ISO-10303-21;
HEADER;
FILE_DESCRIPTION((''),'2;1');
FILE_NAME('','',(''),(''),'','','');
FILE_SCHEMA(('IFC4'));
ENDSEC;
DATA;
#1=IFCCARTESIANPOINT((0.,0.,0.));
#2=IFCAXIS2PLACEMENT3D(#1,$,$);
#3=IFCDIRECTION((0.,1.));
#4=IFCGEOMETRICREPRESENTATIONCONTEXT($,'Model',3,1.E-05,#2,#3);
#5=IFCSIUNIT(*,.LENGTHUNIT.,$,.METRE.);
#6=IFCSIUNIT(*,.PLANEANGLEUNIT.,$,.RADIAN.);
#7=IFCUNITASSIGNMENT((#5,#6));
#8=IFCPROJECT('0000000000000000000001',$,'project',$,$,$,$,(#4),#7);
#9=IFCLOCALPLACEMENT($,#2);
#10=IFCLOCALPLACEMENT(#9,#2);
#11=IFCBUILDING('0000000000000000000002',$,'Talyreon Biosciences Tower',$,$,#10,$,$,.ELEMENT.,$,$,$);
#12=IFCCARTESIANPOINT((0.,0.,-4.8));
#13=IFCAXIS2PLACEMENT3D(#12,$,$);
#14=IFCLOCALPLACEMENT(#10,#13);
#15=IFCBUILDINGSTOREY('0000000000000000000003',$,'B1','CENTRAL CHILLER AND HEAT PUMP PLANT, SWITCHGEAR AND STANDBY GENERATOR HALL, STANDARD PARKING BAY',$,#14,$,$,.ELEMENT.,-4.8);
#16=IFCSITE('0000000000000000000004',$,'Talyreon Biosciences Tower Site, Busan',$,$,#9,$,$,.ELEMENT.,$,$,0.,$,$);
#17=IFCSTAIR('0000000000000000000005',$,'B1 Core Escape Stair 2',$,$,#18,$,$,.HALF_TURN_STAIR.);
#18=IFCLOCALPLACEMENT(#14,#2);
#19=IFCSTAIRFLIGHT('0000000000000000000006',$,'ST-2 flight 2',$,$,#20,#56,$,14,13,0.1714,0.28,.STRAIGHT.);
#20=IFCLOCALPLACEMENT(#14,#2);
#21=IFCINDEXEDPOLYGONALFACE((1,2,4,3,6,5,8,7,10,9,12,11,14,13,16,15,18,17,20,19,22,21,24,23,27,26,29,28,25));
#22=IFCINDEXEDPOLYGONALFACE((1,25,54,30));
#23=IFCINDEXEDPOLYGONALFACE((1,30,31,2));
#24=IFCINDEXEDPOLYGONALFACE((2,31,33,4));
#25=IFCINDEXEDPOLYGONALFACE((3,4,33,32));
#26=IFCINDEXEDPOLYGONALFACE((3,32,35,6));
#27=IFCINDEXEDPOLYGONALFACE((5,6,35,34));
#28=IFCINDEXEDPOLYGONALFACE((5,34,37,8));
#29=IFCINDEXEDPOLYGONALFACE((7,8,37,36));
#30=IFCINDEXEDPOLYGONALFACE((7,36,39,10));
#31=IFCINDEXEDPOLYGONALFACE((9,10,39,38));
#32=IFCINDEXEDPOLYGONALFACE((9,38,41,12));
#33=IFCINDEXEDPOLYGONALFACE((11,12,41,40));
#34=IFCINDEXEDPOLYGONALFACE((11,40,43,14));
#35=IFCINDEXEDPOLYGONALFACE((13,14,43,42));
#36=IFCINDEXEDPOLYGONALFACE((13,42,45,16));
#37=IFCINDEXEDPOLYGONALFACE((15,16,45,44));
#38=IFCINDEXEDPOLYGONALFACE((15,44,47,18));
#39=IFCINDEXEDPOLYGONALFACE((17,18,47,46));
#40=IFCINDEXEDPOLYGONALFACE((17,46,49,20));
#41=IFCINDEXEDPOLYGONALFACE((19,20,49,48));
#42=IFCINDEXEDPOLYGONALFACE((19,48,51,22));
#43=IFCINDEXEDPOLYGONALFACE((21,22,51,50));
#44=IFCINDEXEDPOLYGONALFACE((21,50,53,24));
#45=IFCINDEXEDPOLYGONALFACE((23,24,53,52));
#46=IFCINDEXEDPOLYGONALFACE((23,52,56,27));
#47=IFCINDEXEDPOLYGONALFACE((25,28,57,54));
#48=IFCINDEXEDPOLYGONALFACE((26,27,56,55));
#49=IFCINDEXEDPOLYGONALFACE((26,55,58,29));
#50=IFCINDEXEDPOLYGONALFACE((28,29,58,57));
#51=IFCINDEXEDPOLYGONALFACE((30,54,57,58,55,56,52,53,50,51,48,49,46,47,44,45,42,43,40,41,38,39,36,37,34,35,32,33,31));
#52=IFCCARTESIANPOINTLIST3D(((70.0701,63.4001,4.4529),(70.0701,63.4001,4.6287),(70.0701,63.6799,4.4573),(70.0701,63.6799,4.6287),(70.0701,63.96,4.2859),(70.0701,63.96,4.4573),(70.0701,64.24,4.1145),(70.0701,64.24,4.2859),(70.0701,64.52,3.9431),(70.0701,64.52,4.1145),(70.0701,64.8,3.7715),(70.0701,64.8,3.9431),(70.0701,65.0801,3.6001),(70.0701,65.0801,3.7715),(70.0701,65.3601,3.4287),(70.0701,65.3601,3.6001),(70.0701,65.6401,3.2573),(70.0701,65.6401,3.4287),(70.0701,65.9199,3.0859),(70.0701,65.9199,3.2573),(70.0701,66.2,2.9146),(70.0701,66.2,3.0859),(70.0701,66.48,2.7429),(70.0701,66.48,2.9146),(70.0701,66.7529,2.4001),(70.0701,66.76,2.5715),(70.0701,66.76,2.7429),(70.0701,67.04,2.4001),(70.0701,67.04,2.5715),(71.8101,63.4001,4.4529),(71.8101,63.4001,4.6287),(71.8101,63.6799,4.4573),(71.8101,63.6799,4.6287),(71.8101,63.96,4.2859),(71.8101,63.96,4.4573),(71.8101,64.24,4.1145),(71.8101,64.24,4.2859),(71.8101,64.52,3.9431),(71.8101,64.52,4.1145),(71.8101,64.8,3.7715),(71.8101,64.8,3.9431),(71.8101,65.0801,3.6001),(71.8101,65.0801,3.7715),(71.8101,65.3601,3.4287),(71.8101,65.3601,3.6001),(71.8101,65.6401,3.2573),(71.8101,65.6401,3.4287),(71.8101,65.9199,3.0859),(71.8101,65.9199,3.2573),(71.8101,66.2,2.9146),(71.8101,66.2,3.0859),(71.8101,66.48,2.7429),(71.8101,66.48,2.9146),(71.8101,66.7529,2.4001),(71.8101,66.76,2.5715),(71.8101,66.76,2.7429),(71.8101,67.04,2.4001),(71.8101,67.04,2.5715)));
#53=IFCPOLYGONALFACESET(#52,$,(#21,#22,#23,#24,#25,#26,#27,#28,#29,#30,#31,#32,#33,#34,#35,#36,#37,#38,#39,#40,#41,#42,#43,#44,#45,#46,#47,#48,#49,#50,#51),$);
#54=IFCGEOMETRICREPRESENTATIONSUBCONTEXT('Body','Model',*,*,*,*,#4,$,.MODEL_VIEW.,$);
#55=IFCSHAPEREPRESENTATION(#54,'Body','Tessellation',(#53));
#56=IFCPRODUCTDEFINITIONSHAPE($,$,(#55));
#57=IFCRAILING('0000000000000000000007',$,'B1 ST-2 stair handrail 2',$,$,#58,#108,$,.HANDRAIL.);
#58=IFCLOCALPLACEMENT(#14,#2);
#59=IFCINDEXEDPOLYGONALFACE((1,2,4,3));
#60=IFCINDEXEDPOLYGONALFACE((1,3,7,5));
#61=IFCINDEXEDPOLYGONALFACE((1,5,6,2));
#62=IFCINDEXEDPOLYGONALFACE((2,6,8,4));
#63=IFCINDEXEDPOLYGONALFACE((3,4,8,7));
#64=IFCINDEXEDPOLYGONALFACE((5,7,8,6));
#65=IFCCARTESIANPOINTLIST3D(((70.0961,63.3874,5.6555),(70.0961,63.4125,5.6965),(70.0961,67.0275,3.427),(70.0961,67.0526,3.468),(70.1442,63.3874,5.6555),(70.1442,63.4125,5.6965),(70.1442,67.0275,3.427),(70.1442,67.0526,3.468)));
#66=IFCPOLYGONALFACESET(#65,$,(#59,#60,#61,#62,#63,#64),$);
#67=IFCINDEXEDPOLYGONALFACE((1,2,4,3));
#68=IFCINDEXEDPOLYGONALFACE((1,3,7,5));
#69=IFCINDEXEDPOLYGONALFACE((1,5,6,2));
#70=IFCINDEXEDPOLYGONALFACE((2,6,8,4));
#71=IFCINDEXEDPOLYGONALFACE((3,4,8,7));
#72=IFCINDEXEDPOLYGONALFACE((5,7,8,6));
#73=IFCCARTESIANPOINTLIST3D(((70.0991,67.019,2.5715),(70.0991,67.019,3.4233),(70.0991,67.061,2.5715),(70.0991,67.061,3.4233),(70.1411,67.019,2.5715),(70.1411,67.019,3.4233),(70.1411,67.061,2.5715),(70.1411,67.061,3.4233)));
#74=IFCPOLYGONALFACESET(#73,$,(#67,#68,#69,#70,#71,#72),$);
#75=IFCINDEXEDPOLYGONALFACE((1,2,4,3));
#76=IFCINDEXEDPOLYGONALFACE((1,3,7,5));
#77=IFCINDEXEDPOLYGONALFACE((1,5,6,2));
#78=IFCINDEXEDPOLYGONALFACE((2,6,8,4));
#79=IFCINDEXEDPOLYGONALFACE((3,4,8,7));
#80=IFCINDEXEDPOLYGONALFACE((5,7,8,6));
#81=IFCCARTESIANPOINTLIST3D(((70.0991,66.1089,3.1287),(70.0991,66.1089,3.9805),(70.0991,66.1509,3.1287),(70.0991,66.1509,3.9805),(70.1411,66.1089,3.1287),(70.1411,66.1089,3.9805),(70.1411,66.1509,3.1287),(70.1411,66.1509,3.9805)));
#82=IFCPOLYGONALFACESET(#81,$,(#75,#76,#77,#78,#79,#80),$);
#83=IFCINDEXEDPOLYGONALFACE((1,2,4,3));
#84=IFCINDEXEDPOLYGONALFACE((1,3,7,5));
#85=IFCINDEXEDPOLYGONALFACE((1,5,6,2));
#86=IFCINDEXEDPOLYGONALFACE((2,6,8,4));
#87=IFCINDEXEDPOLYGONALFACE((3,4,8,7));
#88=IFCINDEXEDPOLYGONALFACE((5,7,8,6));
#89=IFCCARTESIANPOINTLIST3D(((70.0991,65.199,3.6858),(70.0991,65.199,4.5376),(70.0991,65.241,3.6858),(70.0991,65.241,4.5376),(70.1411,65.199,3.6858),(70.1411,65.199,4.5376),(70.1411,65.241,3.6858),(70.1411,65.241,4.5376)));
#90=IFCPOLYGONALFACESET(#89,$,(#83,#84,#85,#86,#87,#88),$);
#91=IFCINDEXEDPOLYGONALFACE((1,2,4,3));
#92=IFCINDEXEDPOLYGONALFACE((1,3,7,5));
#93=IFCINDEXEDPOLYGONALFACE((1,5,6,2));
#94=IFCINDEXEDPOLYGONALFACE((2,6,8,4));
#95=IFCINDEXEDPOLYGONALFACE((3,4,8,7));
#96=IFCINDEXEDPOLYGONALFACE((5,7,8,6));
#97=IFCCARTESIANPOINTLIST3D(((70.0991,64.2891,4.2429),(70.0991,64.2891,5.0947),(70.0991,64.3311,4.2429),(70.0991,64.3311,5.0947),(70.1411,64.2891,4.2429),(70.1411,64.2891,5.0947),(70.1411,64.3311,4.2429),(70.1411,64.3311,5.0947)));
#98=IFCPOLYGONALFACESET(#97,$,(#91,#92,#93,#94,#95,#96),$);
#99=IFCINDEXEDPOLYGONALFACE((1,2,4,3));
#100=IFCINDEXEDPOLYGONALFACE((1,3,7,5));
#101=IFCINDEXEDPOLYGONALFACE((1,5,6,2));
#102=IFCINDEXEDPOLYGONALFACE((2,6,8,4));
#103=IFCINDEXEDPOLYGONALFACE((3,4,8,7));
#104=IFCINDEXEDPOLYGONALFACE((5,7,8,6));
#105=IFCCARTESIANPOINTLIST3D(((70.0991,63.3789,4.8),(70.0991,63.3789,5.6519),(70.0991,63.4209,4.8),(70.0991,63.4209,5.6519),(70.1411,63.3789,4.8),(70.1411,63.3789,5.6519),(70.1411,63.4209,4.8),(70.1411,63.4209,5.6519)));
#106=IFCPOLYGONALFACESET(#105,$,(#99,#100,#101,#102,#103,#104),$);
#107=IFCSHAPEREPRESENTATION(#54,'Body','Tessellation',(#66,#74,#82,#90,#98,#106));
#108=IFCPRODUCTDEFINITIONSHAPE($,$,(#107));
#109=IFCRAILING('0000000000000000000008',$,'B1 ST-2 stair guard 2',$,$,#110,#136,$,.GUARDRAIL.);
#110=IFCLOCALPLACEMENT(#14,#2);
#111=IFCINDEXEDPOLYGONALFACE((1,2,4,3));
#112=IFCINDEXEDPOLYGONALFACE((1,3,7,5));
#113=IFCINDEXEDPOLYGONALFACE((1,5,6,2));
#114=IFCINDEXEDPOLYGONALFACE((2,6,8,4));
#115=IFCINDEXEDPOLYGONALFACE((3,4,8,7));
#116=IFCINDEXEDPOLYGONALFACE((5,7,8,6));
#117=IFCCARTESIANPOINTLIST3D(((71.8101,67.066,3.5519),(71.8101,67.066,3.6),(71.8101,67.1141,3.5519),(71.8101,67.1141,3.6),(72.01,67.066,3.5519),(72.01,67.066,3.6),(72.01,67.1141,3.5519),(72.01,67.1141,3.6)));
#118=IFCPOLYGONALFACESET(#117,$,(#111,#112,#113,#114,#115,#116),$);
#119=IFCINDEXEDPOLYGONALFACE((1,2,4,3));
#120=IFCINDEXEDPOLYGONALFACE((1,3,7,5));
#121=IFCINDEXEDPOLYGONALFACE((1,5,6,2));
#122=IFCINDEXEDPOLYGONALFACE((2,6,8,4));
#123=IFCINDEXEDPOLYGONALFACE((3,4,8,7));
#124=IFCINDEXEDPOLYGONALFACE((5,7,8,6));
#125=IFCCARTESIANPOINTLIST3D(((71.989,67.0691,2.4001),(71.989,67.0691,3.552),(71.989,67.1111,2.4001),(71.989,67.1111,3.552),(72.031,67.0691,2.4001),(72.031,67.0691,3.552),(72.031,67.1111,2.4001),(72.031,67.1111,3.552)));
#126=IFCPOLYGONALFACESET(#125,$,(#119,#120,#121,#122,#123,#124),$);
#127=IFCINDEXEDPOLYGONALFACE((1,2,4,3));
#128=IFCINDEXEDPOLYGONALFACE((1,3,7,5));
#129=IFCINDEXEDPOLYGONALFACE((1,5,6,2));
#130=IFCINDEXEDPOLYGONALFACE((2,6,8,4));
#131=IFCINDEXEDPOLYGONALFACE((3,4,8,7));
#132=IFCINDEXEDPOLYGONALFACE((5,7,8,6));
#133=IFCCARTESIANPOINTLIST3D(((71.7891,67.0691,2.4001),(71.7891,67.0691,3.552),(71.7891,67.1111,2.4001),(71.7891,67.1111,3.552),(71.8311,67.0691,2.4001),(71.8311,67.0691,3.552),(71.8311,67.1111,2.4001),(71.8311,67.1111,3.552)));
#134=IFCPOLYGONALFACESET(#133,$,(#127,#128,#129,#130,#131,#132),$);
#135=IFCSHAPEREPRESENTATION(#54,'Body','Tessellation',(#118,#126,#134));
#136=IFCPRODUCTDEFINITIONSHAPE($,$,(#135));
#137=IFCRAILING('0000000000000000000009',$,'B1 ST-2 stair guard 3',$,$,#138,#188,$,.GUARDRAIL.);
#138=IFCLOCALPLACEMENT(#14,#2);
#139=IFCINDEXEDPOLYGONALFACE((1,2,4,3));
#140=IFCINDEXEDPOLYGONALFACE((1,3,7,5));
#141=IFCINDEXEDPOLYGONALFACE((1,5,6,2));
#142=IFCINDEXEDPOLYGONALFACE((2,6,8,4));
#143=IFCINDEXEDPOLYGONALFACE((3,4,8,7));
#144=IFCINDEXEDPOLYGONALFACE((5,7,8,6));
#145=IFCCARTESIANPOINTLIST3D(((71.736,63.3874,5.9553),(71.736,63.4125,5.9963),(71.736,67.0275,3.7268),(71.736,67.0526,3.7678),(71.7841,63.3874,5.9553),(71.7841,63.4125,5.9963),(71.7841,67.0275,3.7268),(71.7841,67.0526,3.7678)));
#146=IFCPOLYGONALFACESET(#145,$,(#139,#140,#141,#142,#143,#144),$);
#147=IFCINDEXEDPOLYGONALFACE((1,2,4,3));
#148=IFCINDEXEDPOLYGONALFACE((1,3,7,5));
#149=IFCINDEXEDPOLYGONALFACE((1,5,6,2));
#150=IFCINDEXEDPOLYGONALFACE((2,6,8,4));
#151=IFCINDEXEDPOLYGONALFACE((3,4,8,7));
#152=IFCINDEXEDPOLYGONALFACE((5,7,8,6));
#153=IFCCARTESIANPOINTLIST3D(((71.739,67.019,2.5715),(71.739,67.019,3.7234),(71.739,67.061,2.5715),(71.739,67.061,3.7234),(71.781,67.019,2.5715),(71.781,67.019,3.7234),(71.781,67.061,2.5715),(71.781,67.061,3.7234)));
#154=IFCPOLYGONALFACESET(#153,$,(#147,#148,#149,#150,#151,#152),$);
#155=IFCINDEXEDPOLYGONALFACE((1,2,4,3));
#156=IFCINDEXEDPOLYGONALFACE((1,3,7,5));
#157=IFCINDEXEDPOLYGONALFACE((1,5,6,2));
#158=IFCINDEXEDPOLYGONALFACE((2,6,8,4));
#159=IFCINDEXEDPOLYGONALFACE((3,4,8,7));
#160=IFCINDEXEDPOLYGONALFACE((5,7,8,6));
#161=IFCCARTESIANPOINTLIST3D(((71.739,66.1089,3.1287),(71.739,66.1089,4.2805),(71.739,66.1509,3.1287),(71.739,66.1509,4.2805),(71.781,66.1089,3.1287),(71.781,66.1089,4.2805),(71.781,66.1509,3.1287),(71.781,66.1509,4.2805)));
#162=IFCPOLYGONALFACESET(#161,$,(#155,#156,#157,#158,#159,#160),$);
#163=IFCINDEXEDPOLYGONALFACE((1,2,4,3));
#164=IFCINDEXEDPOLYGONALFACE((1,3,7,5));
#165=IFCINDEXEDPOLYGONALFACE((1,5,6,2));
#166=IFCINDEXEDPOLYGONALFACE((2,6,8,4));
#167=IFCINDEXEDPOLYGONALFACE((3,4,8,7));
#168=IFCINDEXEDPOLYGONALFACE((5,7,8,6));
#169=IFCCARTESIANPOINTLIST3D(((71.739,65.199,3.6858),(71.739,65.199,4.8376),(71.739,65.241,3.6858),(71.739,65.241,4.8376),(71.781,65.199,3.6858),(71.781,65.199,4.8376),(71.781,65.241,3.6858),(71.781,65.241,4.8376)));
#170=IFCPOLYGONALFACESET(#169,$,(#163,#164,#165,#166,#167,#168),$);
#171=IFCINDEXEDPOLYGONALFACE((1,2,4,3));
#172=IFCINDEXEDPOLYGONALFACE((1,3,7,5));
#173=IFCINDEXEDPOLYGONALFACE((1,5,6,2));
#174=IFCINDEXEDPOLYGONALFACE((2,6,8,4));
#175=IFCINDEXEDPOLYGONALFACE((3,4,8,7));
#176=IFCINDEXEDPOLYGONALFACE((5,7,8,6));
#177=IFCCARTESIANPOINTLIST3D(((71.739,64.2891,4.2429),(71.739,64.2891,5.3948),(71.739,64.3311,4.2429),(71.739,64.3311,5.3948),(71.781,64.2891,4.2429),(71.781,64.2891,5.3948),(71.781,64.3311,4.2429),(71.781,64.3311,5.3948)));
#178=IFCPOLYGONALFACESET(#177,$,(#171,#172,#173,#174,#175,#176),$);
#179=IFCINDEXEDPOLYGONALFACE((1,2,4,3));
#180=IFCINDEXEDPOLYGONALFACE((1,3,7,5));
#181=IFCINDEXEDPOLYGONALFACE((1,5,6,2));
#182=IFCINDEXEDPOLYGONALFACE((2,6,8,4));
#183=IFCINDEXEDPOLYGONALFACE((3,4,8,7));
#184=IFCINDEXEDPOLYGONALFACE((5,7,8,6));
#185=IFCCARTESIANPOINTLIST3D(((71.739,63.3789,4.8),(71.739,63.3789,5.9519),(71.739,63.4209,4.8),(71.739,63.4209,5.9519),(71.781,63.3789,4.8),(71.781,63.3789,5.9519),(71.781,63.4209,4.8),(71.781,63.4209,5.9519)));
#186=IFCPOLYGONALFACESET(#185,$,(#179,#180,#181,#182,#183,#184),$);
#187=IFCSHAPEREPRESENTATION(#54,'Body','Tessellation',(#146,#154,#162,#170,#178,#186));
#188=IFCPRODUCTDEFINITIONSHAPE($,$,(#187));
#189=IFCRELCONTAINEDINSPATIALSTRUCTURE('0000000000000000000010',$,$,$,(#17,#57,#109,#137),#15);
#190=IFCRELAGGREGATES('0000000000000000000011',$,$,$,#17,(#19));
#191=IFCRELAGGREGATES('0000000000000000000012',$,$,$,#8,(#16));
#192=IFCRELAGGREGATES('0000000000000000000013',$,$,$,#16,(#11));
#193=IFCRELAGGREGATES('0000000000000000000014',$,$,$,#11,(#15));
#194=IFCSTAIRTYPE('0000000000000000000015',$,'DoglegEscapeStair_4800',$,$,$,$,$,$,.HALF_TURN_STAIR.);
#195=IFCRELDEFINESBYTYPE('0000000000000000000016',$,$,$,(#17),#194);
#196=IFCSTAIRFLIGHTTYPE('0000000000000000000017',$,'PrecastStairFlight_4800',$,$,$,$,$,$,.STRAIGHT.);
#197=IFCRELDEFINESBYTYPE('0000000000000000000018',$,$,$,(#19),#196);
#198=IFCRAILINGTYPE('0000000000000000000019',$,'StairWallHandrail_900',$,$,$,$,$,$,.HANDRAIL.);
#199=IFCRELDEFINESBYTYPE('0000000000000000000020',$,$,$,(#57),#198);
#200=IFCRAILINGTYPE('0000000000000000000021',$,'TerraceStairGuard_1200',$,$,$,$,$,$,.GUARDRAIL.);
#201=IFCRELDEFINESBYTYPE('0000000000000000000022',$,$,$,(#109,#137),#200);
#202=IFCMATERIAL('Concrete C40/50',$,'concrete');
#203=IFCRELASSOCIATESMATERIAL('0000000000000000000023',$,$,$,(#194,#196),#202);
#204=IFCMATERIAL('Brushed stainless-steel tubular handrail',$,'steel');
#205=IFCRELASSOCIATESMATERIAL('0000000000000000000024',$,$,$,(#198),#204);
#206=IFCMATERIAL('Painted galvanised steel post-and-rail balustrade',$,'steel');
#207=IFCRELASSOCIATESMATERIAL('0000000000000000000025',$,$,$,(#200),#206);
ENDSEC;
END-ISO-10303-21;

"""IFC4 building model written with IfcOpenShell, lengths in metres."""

from ifc_helpers import new_model, si_unit, direction, frame, origin, origin_2d, place, context, subcontext, project, spatial, polyline, rectangle, outline, extrude, material, type_object, element, aggregate, save


model = new_model("IFC4")

# Units and contexts
model_context = context("Model", 3, precision=1e-05, world=origin(), true_north=direction((0.0, 1.0)))
body_context = subcontext(model_context, "Body", "Model", "MODEL_VIEW")
ifc_project = project(units=[si_unit("LENGTHUNIT", "METRE"), si_unit("PLANEANGLEUNIT", "RADIAN")], contexts=[model_context])

# Site, building, storey
site_placement = place(None, origin())
site = spatial("IfcSite", under=ifc_project, at=site_placement, Name="Talyreon Biosciences Tower Site, Busan", CompositionType="ELEMENT", RefElevation=0.0)
building_placement = place(site_placement, origin())
building = spatial("IfcBuilding", under=site, at=building_placement, Name="Talyreon Biosciences Tower", CompositionType="ELEMENT")
storey_placement = place(building_placement, frame((0.0, 0.0, -4.8)))
storey = spatial("IfcBuildingStorey", under=building, at=storey_placement, Name="B1", Description="CENTRAL CHILLER AND HEAT PUMP PLANT, SWITCHGEAR AND STANDBY GENERATOR HALL, STANDARD PARKING BAY", CompositionType="ELEMENT", Elevation=-4.8)

# Stair, stair flight
ifc_material_1 = material(Name="Concrete C40/50", Category="concrete")
stair_type = type_object("IfcStairType", Name="DoglegEscapeStair_4800", PredefinedType="HALF_TURN_STAIR", material=ifc_material_1)
stair_placement = place(storey_placement, origin())
stair = element("IfcStair", 1, at=stair_placement, inside=storey, type_object=stair_type, Name="B1 Core Escape Stair 2", PredefinedType="HALF_TURN_STAIR")
stair_flight_type = type_object("IfcStairFlightType", Name="PrecastStairFlight_4800", PredefinedType="STRAIGHT", material=ifc_material_1)
stair_flight_placement = place(storey_placement, frame((70.9399, 67.04, 2.4001), z_axis=(0.0, 0.0, 1.0), x_axis=(0.0, -1.0, 0.0)))
stair_flight = element("IfcStairFlight", 2, at=stair_flight_placement, type_object=stair_flight_type, Name="ST-2 flight 2", NumberOfRisers=14, NumberOfTreads=13, PredefinedType="STRAIGHT", RiserHeight=0.1714, TreadLength=0.28, context=body_context, shape_type="SweptSolid", body=[
    extrude(outline(polyline([(0.0, 0.0), (0.0, 0.1714), (0.28, 0.1714), (0.28, 0.3428), (0.5601, 0.3428), (0.5601, 0.5144), (0.8401, 0.5144), (0.8401, 0.6858), (1.1201, 0.6858), (1.1201, 0.8572), (1.3999, 0.8572), (1.3999, 1.0286), (1.6799, 1.0286), (1.6799, 1.2), (1.96, 1.2), (1.96, 1.3713), (2.24, 1.3713), (2.24, 1.543), (2.52, 1.543), (2.52, 1.7144), (2.8, 1.7144), (2.8, 1.8857), (3.0801, 1.8857), (3.0801, 2.0571), (3.3601, 2.0571), (3.3601, 2.2285), (3.6399, 2.2285), (3.6399, 2.3999), (3.6399, 2.0527), (0.2871, 0.0), (0.0, 0.0)])), frame((0.0, 0.8701, 0.0), z_axis=(0.0, -1.0, 0.0), x_axis=(1.0, 0.0, 0.0)), (0.0, 0.0, 1.0), 1.74),
])
aggregate(stair, [stair_flight])

# Railings
ifc_material_2 = material(Name="Brushed stainless-steel tubular handrail", Category="steel")
railing_type_1 = type_object("IfcRailingType", Name="StairWallHandrail_900", PredefinedType="HANDRAIL", material=ifc_material_2)
railing_1_placement = place(storey_placement, frame((70.1201, 67.04, 2.5715)))
element("IfcRailing", 3, at=railing_1_placement, inside=storey, type_object=railing_type_1, Name="B1 ST-2 stair handrail 2", PredefinedType="HANDRAIL", context=body_context, shape_type="SweptSolid", body=[
    extrude(rectangle(XDim=0.0481, YDim=0.0481, at=origin_2d()), frame((0.0, 0.0, 0.876), z_axis=(0.0, -0.852866, 0.52213), x_axis=(1.0, 0.0, 0.0)), (0.0, 0.0, 1.0), 4.2681),
    extrude(rectangle(XDim=0.042, YDim=0.042, at=origin_2d()), origin(), (0.0, 0.0, 1.0), 0.8518),
    extrude(rectangle(XDim=0.042, YDim=0.042, at=origin_2d()), frame((0.0, -0.9102, 0.5571)), (0.0, 0.0, 1.0), 0.8518),
    extrude(rectangle(XDim=0.042, YDim=0.042, at=origin_2d()), frame((0.0, -1.8201, 1.1143)), (0.0, 0.0, 1.0), 0.8518),
    extrude(rectangle(XDim=0.042, YDim=0.042, at=origin_2d()), frame((0.0, -2.73, 1.6714)), (0.0, 0.0, 1.0), 0.8518),
    extrude(rectangle(XDim=0.042, YDim=0.042, at=origin_2d()), frame((0.0, -3.6401, 2.2285)), (0.0, 0.0, 1.0), 0.8518),
])
ifc_material_3 = material(Name="Painted galvanised steel post-and-rail balustrade", Category="steel")
railing_type_2 = type_object("IfcRailingType", Name="TerraceStairGuard_1200", PredefinedType="GUARDRAIL", material=ifc_material_3)
railing_2_placement = place(storey_placement, frame((72.01, 67.0901, 2.4001)))
element("IfcRailing", 4, at=railing_2_placement, inside=storey, type_object=railing_type_2, Name="B1 ST-2 stair guard 2", PredefinedType="GUARDRAIL", context=body_context, shape_type="SweptSolid", body=[
    extrude(rectangle(XDim=0.0481, YDim=0.0481, at=origin_2d()), frame((0.0, 0.0, 1.1758), z_axis=(-1.0, 0.0, 0.0), x_axis=(0.0, -1.0, 0.0)), (0.0, 0.0, 1.0), 0.2),
    extrude(rectangle(XDim=0.042, YDim=0.042, at=origin_2d()), origin(), (0.0, 0.0, 1.0), 1.1519),
    extrude(rectangle(XDim=0.042, YDim=0.042, at=origin_2d()), frame((-0.2, 0.0, 0.0)), (0.0, 0.0, 1.0), 1.1519),
])
railing_3_placement = place(storey_placement, frame((71.76, 67.04, 2.5715)))
element("IfcRailing", 5, at=railing_3_placement, inside=storey, type_object=railing_type_2, Name="B1 ST-2 stair guard 3", PredefinedType="GUARDRAIL", context=body_context, shape_type="SweptSolid", body=[
    extrude(rectangle(XDim=0.0481, YDim=0.0481, at=origin_2d()), frame((0.0, 0.0, 1.1758), z_axis=(0.0, -0.852866, 0.52213), x_axis=(1.0, 0.0, 0.0)), (0.0, 0.0, 1.0), 4.2681),
    extrude(rectangle(XDim=0.042, YDim=0.042, at=origin_2d()), origin(), (0.0, 0.0, 1.0), 1.1519),
    extrude(rectangle(XDim=0.042, YDim=0.042, at=origin_2d()), frame((0.0, -0.9102, 0.5571)), (0.0, 0.0, 1.0), 1.1519),
    extrude(rectangle(XDim=0.042, YDim=0.042, at=origin_2d()), frame((0.0, -1.8201, 1.1143)), (0.0, 0.0, 1.0), 1.1519),
    extrude(rectangle(XDim=0.042, YDim=0.042, at=origin_2d()), frame((0.0, -2.73, 1.6714)), (0.0, 0.0, 1.0), 1.1519),
    extrude(rectangle(XDim=0.042, YDim=0.042, at=origin_2d()), frame((0.0, -3.6401, 2.2285)), (0.0, 0.0, 1.0), 1.1519),
])

save(model, "model.ifc")
